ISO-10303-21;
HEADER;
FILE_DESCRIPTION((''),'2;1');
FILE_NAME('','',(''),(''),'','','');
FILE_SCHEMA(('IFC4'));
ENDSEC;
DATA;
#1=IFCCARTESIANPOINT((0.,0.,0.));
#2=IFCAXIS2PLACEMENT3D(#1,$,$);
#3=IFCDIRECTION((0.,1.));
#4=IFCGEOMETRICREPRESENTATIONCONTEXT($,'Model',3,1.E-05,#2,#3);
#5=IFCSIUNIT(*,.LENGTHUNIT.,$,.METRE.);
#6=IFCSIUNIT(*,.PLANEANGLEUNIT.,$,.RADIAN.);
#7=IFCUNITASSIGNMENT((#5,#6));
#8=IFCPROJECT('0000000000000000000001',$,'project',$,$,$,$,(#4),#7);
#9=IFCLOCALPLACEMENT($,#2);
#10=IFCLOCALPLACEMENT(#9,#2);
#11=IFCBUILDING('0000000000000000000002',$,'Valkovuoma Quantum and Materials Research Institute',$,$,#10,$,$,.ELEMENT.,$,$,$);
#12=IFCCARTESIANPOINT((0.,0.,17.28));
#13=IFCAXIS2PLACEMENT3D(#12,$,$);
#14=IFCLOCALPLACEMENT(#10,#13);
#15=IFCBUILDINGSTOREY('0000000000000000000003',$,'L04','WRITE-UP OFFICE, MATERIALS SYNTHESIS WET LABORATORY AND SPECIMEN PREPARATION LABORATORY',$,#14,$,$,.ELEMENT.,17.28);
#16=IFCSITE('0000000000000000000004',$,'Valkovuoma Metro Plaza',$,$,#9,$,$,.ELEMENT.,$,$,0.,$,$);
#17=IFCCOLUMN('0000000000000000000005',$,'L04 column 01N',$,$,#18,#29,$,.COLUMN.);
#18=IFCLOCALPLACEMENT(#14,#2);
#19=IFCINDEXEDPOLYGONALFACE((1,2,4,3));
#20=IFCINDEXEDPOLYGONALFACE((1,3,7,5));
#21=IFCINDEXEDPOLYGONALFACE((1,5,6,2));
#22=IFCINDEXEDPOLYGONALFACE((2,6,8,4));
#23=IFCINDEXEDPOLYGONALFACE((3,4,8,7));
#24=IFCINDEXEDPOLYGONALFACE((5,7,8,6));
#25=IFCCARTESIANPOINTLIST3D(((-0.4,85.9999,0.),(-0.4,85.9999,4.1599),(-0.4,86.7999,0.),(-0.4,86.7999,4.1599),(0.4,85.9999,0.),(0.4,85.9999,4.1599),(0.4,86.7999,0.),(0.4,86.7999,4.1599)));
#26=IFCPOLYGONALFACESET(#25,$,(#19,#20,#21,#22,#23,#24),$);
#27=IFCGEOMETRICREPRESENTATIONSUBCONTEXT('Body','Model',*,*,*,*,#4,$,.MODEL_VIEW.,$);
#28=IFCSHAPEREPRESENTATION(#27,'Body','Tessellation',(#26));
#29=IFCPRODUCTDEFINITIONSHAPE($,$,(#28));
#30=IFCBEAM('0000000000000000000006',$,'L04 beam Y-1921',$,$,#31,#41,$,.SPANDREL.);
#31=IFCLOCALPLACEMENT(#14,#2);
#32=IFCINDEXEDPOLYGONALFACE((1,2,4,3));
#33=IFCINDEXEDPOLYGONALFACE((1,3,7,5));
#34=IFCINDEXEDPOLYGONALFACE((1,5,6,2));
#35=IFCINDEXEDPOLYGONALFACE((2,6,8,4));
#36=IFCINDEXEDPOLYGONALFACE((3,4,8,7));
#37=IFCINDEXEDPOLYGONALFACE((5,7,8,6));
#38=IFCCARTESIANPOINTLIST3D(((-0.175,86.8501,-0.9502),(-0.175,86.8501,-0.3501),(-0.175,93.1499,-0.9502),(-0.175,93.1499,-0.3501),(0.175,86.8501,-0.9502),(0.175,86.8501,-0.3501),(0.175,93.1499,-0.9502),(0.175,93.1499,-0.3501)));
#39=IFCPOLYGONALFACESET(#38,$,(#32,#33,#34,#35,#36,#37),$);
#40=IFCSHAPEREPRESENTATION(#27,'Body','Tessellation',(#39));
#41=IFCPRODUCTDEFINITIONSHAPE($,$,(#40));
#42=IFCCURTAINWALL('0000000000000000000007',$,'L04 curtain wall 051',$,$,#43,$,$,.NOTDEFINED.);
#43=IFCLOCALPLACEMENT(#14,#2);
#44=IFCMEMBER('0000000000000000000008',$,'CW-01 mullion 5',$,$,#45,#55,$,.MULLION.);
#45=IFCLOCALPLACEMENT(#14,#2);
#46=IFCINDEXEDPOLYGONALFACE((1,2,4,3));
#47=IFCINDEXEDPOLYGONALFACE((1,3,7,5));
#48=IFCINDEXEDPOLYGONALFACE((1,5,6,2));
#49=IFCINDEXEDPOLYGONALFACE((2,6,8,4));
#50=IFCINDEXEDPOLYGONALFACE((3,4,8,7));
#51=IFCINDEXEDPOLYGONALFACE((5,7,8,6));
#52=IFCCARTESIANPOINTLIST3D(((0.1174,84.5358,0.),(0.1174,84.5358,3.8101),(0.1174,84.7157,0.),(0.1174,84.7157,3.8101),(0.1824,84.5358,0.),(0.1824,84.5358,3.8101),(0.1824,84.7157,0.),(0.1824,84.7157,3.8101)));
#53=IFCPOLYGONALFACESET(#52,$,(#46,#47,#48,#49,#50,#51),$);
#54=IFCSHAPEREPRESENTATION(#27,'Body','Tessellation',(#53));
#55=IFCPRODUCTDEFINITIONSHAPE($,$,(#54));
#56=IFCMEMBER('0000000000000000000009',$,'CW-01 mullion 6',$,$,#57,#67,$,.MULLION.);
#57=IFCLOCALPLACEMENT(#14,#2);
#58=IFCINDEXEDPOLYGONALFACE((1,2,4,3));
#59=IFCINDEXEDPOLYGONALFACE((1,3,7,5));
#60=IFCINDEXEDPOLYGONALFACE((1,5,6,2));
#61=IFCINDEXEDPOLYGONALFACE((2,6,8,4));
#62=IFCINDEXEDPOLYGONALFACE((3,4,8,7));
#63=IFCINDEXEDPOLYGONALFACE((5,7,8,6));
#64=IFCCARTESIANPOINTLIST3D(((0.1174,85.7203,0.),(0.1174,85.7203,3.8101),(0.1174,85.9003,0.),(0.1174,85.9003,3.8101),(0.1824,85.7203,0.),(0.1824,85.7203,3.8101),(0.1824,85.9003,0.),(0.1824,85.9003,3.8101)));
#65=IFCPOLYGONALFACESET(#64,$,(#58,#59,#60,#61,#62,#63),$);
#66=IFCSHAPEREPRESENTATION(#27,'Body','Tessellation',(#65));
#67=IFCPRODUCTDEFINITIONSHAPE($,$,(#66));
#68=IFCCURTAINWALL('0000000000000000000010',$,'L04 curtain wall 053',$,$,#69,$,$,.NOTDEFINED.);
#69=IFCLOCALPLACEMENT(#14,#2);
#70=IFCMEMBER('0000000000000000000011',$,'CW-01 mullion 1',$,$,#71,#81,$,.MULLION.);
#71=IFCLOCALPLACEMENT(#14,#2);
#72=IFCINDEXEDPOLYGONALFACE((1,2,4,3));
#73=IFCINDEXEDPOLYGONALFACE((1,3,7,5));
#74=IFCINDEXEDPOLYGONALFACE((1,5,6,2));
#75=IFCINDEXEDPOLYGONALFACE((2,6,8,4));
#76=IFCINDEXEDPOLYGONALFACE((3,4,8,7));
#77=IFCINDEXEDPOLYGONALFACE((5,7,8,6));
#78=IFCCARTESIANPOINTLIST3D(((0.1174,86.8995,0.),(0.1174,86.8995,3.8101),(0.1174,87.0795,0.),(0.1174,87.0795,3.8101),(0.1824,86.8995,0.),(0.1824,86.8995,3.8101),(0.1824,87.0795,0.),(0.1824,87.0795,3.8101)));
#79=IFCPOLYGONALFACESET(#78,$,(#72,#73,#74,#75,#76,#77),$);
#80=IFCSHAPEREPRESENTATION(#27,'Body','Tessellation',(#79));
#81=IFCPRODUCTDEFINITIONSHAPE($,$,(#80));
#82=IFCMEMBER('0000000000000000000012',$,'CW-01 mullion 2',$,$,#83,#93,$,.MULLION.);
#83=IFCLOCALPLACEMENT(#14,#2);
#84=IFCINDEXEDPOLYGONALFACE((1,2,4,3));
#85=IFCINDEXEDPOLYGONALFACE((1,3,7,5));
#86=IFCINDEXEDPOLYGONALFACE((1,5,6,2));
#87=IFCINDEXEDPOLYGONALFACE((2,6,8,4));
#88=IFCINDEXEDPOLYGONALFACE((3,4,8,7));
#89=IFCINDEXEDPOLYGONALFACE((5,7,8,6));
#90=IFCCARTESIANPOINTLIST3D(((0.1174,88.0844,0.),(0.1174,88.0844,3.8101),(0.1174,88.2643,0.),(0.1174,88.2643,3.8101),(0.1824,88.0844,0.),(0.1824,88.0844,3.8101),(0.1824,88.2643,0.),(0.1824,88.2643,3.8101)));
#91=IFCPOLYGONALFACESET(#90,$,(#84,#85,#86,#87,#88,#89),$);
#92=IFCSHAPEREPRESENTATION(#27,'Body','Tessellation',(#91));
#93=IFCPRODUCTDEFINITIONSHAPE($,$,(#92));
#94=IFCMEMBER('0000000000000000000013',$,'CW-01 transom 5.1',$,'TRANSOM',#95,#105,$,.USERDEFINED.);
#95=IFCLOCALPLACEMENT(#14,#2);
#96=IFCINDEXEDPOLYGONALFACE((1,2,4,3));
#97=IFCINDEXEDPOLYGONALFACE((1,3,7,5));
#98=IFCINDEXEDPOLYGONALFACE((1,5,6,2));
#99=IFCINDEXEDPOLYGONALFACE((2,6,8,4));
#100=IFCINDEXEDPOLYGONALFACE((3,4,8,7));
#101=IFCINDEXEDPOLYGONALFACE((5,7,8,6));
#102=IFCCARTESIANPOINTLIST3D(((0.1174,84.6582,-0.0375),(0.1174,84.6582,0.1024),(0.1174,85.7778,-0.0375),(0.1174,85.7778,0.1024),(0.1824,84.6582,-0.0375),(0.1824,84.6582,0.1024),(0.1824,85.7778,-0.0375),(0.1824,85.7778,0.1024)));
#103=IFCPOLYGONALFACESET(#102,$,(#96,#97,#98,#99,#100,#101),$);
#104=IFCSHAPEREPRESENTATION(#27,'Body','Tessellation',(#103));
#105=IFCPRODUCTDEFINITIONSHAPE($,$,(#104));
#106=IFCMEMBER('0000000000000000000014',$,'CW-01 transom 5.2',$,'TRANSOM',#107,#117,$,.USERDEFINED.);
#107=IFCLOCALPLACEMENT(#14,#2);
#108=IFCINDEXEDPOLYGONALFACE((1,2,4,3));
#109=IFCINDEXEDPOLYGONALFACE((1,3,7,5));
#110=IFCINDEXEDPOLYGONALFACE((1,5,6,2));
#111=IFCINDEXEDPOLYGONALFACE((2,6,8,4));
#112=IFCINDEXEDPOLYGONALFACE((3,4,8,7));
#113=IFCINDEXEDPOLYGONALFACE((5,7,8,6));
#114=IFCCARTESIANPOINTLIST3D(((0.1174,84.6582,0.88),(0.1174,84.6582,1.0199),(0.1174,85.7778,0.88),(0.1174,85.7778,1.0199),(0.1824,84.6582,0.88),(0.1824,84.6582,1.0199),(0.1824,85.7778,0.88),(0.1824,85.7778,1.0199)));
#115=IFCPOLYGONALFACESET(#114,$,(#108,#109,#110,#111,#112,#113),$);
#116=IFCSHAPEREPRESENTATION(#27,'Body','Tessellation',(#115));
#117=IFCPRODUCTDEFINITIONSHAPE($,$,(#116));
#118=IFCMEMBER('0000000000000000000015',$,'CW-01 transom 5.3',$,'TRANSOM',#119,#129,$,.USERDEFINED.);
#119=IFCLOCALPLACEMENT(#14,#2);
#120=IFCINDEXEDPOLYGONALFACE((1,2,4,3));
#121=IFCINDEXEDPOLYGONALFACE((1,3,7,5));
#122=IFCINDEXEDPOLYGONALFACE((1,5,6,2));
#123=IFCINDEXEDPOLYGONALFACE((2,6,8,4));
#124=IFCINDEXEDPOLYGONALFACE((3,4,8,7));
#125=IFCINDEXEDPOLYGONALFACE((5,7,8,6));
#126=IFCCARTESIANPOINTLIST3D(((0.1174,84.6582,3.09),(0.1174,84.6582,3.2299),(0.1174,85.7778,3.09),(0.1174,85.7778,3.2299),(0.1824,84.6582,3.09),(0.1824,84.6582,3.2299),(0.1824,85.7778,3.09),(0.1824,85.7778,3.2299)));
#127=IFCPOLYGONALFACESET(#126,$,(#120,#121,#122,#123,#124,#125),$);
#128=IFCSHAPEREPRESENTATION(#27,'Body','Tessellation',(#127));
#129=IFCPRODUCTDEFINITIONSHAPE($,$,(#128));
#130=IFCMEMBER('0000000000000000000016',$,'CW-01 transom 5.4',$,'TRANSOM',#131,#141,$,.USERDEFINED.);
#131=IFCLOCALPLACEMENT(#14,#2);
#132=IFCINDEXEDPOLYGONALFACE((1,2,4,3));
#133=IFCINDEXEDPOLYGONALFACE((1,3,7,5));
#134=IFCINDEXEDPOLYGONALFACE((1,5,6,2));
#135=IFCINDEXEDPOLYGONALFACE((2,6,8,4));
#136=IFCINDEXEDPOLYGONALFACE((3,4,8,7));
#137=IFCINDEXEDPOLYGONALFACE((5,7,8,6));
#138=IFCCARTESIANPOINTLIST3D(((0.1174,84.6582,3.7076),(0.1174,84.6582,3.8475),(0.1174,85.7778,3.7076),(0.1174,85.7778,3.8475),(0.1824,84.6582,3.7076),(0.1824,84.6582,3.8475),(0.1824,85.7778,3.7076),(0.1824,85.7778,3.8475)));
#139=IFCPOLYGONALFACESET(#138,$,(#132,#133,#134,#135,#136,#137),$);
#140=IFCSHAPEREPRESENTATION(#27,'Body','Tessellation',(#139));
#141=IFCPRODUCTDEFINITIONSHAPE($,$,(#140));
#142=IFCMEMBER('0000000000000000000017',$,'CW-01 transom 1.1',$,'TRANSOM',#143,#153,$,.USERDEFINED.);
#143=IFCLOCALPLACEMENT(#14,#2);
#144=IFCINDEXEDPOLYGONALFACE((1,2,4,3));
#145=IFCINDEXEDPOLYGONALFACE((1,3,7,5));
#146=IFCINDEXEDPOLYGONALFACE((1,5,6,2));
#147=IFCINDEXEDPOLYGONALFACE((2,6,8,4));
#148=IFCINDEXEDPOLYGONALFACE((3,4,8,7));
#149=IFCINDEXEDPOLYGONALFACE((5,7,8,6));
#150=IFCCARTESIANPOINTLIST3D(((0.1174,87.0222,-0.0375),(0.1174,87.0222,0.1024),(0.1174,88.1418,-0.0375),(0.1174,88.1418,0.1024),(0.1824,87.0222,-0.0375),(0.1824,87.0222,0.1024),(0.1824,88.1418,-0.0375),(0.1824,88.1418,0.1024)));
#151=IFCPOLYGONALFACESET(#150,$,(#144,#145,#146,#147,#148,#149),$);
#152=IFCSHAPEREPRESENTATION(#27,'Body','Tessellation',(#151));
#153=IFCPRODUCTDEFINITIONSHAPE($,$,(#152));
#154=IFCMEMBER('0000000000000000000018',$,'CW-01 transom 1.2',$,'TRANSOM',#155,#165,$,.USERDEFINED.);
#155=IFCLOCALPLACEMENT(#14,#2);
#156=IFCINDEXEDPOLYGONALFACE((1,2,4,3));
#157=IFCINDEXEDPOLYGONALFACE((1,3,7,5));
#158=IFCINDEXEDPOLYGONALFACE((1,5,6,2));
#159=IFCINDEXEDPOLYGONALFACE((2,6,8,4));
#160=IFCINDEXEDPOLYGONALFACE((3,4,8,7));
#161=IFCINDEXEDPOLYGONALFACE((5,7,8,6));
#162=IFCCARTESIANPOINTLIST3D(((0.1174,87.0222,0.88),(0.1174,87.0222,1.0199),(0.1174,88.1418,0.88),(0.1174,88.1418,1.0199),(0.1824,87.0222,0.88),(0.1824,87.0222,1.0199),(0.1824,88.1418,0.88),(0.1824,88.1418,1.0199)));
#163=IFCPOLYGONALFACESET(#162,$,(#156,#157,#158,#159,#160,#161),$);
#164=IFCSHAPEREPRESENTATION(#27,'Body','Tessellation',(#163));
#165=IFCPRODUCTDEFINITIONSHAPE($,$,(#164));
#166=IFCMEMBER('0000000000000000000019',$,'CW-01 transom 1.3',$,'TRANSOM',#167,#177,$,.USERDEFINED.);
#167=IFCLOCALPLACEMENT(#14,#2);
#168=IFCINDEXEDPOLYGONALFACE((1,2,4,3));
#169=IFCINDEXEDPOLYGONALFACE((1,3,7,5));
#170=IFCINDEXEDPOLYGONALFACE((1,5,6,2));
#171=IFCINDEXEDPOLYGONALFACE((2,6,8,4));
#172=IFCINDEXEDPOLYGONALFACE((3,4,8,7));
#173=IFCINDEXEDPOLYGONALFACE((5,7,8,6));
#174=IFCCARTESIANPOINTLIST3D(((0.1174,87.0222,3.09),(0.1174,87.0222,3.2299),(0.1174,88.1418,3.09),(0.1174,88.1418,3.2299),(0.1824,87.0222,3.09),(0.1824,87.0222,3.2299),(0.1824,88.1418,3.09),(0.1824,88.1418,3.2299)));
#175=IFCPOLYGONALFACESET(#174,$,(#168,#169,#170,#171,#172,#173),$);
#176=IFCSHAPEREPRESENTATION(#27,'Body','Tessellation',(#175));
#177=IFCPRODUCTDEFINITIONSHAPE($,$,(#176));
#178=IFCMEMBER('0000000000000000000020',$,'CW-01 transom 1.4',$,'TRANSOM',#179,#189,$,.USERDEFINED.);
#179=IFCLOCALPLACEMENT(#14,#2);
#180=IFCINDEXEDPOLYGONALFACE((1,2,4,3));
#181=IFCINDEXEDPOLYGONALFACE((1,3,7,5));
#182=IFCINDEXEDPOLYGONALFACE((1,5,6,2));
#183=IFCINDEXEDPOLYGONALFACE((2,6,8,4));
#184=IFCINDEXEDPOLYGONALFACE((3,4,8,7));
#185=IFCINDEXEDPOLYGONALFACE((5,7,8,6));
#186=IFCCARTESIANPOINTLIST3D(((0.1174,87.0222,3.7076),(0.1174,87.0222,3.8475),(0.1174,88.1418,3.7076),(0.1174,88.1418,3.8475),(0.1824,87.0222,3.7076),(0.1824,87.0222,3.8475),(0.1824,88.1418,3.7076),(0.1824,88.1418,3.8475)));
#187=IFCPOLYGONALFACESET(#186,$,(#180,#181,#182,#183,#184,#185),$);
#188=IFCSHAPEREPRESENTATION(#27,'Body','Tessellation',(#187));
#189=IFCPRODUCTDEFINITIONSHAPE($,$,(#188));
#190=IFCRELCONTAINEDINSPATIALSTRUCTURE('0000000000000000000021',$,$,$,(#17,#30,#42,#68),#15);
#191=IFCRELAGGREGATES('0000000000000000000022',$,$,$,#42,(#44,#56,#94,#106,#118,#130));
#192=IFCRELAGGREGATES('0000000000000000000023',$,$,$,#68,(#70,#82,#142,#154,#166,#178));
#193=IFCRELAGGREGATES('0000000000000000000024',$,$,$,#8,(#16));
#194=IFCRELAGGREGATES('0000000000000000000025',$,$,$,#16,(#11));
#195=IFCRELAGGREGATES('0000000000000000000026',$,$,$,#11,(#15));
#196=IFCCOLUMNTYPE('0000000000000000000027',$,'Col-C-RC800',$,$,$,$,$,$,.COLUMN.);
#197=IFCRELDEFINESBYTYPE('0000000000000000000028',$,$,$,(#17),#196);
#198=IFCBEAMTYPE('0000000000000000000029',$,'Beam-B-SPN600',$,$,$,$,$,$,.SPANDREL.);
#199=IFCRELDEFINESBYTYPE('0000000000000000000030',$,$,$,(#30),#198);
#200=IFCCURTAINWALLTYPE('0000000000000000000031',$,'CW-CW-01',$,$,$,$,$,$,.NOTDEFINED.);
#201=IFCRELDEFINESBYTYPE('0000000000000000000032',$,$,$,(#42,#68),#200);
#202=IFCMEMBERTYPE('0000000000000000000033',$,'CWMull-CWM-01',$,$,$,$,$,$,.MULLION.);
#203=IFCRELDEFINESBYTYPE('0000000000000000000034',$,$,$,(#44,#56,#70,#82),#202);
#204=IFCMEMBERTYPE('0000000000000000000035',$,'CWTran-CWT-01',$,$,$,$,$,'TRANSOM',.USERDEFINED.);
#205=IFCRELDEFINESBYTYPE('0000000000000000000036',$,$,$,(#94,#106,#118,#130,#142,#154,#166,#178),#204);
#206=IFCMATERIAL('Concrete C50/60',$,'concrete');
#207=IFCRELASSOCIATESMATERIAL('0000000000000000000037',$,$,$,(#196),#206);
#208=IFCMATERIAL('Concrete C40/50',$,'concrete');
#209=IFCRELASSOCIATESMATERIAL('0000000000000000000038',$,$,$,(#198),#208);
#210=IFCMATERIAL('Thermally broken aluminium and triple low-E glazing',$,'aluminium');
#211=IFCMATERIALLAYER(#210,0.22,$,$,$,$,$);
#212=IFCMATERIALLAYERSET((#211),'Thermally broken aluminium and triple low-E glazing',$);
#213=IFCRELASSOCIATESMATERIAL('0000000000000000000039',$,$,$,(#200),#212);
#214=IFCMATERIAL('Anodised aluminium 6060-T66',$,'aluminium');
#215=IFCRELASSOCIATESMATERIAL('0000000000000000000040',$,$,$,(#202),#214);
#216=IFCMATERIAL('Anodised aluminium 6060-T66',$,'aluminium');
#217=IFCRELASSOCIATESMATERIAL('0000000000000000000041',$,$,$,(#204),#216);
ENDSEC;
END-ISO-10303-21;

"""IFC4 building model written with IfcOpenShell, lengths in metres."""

from ifc_helpers import new_model, si_unit, direction, frame, origin, origin_2d, place, context, subcontext, project, spatial, rectangle, extrude, material, layer, layer_set, material_profile, profile_set, type_object, element, aggregate, save


model = new_model("IFC4")

# Units and contexts
model_context = context("Model", 3, precision=1e-05, world=origin(), true_north=direction((0.0, 1.0)))
body_context = subcontext(model_context, "Body", "Model", "MODEL_VIEW")
ifc_project = project(units=[si_unit("LENGTHUNIT", "METRE"), si_unit("PLANEANGLEUNIT", "RADIAN")], contexts=[model_context])

# Site, building, storey
site_placement = place(None, origin())
site = spatial("IfcSite", under=ifc_project, at=site_placement, Name="Valkovuoma Metro Plaza", CompositionType="ELEMENT", RefElevation=0.0)
building_placement = place(site_placement, origin())
building = spatial("IfcBuilding", under=site, at=building_placement, Name="Valkovuoma Quantum and Materials Research Institute", CompositionType="ELEMENT")
storey_placement = place(building_placement, frame((0.0, 0.0, 17.28)))
storey = spatial("IfcBuildingStorey", under=building, at=storey_placement, Name="L04", Description="WRITE-UP OFFICE, MATERIALS SYNTHESIS WET LABORATORY AND SPECIMEN PREPARATION LABORATORY", CompositionType="ELEMENT", Elevation=17.28)

# Column
ifc_material_1 = material(Name="Concrete C50/60", Category="concrete")
ifc_material_profile_1 = material_profile(ifc_material_1, rectangle(XDim=0.8, YDim=0.8, at=origin_2d()), Name="Concrete C50/60")
ifc_profile_set_1 = profile_set([ifc_material_profile_1], Name="Concrete C50/60")
column_type = type_object("IfcColumnType", Name="Col-C-RC800", PredefinedType="COLUMN", material=ifc_profile_set_1)
column_placement = place(storey_placement, frame((0.0, 86.3999, 0.0), z_axis=(0.0, 0.0, 1.0), x_axis=(1.0, 0.0, 0.0)))
element("IfcColumn", 1, at=column_placement, inside=storey, type_object=column_type, Name="L04 column 01N", PredefinedType="COLUMN", context=body_context, shape_type="SweptSolid", body=[
    extrude(rectangle(XDim=0.8, YDim=0.8, at=origin_2d()), origin(), (0.0, 0.0, 1.0), 4.1599),
])

# Beam
ifc_material_2 = material(Name="Concrete C40/50", Category="concrete")
ifc_material_profile_2 = material_profile(ifc_material_2, rectangle(XDim=0.3501, YDim=0.6001, at=origin_2d()), Name="Concrete C40/50")
ifc_profile_set_2 = profile_set([ifc_material_profile_2], Name="Concrete C40/50")
beam_type = type_object("IfcBeamType", Name="Beam-B-SPN600", PredefinedType="SPANDREL", material=ifc_profile_set_2)
beam_placement = place(storey_placement, frame((0.0, 86.8501, -0.6501), z_axis=(0.0, 1.0, 0.0), x_axis=(-1.0, 0.0, 0.0)))
element("IfcBeam", 2, at=beam_placement, inside=storey, type_object=beam_type, Name="L04 beam Y-1921", PredefinedType="SPANDREL", context=body_context, shape_type="SweptSolid", body=[
    extrude(rectangle(XDim=0.3501, YDim=0.6001, at=origin_2d()), origin(), (0.0, 0.0, 1.0), 6.2998),
])

# Curtain walls, members
ifc_material_3 = material(Name="Thermally broken aluminium and triple low-E glazing", Category="aluminium")
ifc_layer_1 = layer(ifc_material_3, 0.22)
ifc_layer_set_1 = layer_set([ifc_layer_1], Name="Thermally broken aluminium and triple low-E glazing")
curtain_wall_type = type_object("IfcCurtainWallType", Name="CW-CW-01", PredefinedType="NOTDEFINED", material=ifc_layer_set_1)
curtain_wall_1_placement = place(storey_placement, origin())
curtain_wall_1 = element("IfcCurtainWall", 3, at=curtain_wall_1_placement, inside=storey, type_object=curtain_wall_type, Name="L04 curtain wall 051", PredefinedType="NOTDEFINED")
ifc_material_4 = material(Name="Anodised aluminium 6060-T66", Category="aluminium")
ifc_material_profile_3 = material_profile(ifc_material_4, rectangle(XDim=0.0649, YDim=0.1799, at=origin_2d()), Name="Anodised aluminium 6060-T66")
ifc_profile_set_3 = profile_set([ifc_material_profile_3], Name="Anodised aluminium 6060-T66")
member_type_1 = type_object("IfcMemberType", Name="CWMull-CWM-01", PredefinedType="MULLION", material=ifc_profile_set_3)
member_1_placement = place(storey_placement, frame((0.1499, 84.6257, 0.0), z_axis=(0.0, 0.0, 1.0), x_axis=(-1.0, 0.0, 0.0)))
member_1 = element("IfcMember", 4, at=member_1_placement, type_object=member_type_1, Name="CW-01 mullion 5", PredefinedType="MULLION", context=body_context, shape_type="SweptSolid", body=[
    extrude(rectangle(XDim=0.0649, YDim=0.1799, at=origin_2d()), origin(), (0.0, 0.0, 1.0), 3.8101),
])
member_2_placement = place(storey_placement, frame((0.1499, 85.8103, 0.0), z_axis=(0.0, 0.0, 1.0), x_axis=(-1.0, 0.0, 0.0)))
member_2 = element("IfcMember", 5, at=member_2_placement, type_object=member_type_1, Name="CW-01 mullion 6", PredefinedType="MULLION", context=body_context, shape_type="SweptSolid", body=[
    extrude(rectangle(XDim=0.0649, YDim=0.1799, at=origin_2d()), origin(), (0.0, 0.0, 1.0), 3.8101),
])
curtain_wall_2_placement = place(storey_placement, origin())
curtain_wall_2 = element("IfcCurtainWall", 6, at=curtain_wall_2_placement, inside=storey, type_object=curtain_wall_type, Name="L04 curtain wall 053", PredefinedType="NOTDEFINED")
member_3_placement = place(storey_placement, frame((0.1499, 86.9895, 0.0), z_axis=(0.0, 0.0, 1.0), x_axis=(-1.0, 0.0, 0.0)))
member_3 = element("IfcMember", 7, at=member_3_placement, type_object=member_type_1, Name="CW-01 mullion 1", PredefinedType="MULLION", context=body_context, shape_type="SweptSolid", body=[
    extrude(rectangle(XDim=0.0649, YDim=0.1799, at=origin_2d()), origin(), (0.0, 0.0, 1.0), 3.8101),
])
member_4_placement = place(storey_placement, frame((0.1499, 88.1743, 0.0), z_axis=(0.0, 0.0, 1.0), x_axis=(-1.0, 0.0, 0.0)))
member_4 = element("IfcMember", 8, at=member_4_placement, type_object=member_type_1, Name="CW-01 mullion 2", PredefinedType="MULLION", context=body_context, shape_type="SweptSolid", body=[
    extrude(rectangle(XDim=0.0649, YDim=0.1799, at=origin_2d()), origin(), (0.0, 0.0, 1.0), 3.8101),
])

# Members
ifc_material_5 = material(Name="Anodised aluminium 6060-T66", Category="aluminium")
ifc_material_profile_4 = material_profile(ifc_material_5, rectangle(XDim=0.0649, YDim=0.1399, at=origin_2d()), Name="Anodised aluminium 6060-T66")
ifc_profile_set_4 = profile_set([ifc_material_profile_4], Name="Anodised aluminium 6060-T66")
member_type_2 = type_object("IfcMemberType", Name="CWTran-CWT-01", ElementType="TRANSOM", PredefinedType="USERDEFINED", material=ifc_profile_set_4)
member_5_placement = place(storey_placement, frame((0.1499, 84.6582, 0.0325), z_axis=(0.0, 1.0, 0.0), x_axis=(-1.0, 0.0, 0.0)))
member_5 = element("IfcMember", 9, at=member_5_placement, type_object=member_type_2, Name="CW-01 transom 5.1", ObjectType="TRANSOM", PredefinedType="USERDEFINED", context=body_context, shape_type="SweptSolid", body=[
    extrude(rectangle(XDim=0.0649, YDim=0.1399, at=origin_2d()), origin(), (0.0, 0.0, 1.0), 1.1196),
])
member_6_placement = place(storey_placement, frame((0.1499, 84.6582, 0.95), z_axis=(0.0, 1.0, 0.0), x_axis=(-1.0, 0.0, 0.0)))
member_6 = element("IfcMember", 10, at=member_6_placement, type_object=member_type_2, Name="CW-01 transom 5.2", ObjectType="TRANSOM", PredefinedType="USERDEFINED", context=body_context, shape_type="SweptSolid", body=[
    extrude(rectangle(XDim=0.0649, YDim=0.1399, at=origin_2d()), origin(), (0.0, 0.0, 1.0), 1.1196),
])
member_7_placement = place(storey_placement, frame((0.1499, 84.6582, 3.1599), z_axis=(0.0, 1.0, 0.0), x_axis=(-1.0, 0.0, 0.0)))
member_7 = element("IfcMember", 11, at=member_7_placement, type_object=member_type_2, Name="CW-01 transom 5.3", ObjectType="TRANSOM", PredefinedType="USERDEFINED", context=body_context, shape_type="SweptSolid", body=[
    extrude(rectangle(XDim=0.0649, YDim=0.1399, at=origin_2d()), origin(), (0.0, 0.0, 1.0), 1.1196),
])
member_8_placement = place(storey_placement, frame((0.1499, 84.6582, 3.7776), z_axis=(0.0, 1.0, 0.0), x_axis=(-1.0, 0.0, 0.0)))
member_8 = element("IfcMember", 12, at=member_8_placement, type_object=member_type_2, Name="CW-01 transom 5.4", ObjectType="TRANSOM", PredefinedType="USERDEFINED", context=body_context, shape_type="SweptSolid", body=[
    extrude(rectangle(XDim=0.0649, YDim=0.1399, at=origin_2d()), origin(), (0.0, 0.0, 1.0), 1.1196),
])
member_9_placement = place(storey_placement, frame((0.1499, 87.0222, 0.0325), z_axis=(0.0, 1.0, 0.0), x_axis=(-1.0, 0.0, 0.0)))
member_9 = element("IfcMember", 13, at=member_9_placement, type_object=member_type_2, Name="CW-01 transom 1.1", ObjectType="TRANSOM", PredefinedType="USERDEFINED", context=body_context, shape_type="SweptSolid", body=[
    extrude(rectangle(XDim=0.0649, YDim=0.1399, at=origin_2d()), origin(), (0.0, 0.0, 1.0), 1.1196),
])
member_10_placement = place(storey_placement, frame((0.1499, 87.0222, 0.95), z_axis=(0.0, 1.0, 0.0), x_axis=(-1.0, 0.0, 0.0)))
member_10 = element("IfcMember", 14, at=member_10_placement, type_object=member_type_2, Name="CW-01 transom 1.2", ObjectType="TRANSOM", PredefinedType="USERDEFINED", context=body_context, shape_type="SweptSolid", body=[
    extrude(rectangle(XDim=0.0649, YDim=0.1399, at=origin_2d()), origin(), (0.0, 0.0, 1.0), 1.1196),
])
member_11_placement = place(storey_placement, frame((0.1499, 87.0222, 3.1599), z_axis=(0.0, 1.0, 0.0), x_axis=(-1.0, 0.0, 0.0)))
member_11 = element("IfcMember", 15, at=member_11_placement, type_object=member_type_2, Name="CW-01 transom 1.3", ObjectType="TRANSOM", PredefinedType="USERDEFINED", context=body_context, shape_type="SweptSolid", body=[
    extrude(rectangle(XDim=0.0649, YDim=0.1399, at=origin_2d()), origin(), (0.0, 0.0, 1.0), 1.1196),
])
member_12_placement = place(storey_placement, frame((0.1499, 87.0222, 3.7776), z_axis=(0.0, 1.0, 0.0), x_axis=(-1.0, 0.0, 0.0)))
member_12 = element("IfcMember", 16, at=member_12_placement, type_object=member_type_2, Name="CW-01 transom 1.4", ObjectType="TRANSOM", PredefinedType="USERDEFINED", context=body_context, shape_type="SweptSolid", body=[
    extrude(rectangle(XDim=0.0649, YDim=0.1399, at=origin_2d()), origin(), (0.0, 0.0, 1.0), 1.1196),
])

aggregate(curtain_wall_1, [member_1, member_2, member_5, member_6, member_7, member_8])
aggregate(curtain_wall_2, [member_3, member_4, member_9, member_10, member_11, member_12])

save(model, "model.ifc")
